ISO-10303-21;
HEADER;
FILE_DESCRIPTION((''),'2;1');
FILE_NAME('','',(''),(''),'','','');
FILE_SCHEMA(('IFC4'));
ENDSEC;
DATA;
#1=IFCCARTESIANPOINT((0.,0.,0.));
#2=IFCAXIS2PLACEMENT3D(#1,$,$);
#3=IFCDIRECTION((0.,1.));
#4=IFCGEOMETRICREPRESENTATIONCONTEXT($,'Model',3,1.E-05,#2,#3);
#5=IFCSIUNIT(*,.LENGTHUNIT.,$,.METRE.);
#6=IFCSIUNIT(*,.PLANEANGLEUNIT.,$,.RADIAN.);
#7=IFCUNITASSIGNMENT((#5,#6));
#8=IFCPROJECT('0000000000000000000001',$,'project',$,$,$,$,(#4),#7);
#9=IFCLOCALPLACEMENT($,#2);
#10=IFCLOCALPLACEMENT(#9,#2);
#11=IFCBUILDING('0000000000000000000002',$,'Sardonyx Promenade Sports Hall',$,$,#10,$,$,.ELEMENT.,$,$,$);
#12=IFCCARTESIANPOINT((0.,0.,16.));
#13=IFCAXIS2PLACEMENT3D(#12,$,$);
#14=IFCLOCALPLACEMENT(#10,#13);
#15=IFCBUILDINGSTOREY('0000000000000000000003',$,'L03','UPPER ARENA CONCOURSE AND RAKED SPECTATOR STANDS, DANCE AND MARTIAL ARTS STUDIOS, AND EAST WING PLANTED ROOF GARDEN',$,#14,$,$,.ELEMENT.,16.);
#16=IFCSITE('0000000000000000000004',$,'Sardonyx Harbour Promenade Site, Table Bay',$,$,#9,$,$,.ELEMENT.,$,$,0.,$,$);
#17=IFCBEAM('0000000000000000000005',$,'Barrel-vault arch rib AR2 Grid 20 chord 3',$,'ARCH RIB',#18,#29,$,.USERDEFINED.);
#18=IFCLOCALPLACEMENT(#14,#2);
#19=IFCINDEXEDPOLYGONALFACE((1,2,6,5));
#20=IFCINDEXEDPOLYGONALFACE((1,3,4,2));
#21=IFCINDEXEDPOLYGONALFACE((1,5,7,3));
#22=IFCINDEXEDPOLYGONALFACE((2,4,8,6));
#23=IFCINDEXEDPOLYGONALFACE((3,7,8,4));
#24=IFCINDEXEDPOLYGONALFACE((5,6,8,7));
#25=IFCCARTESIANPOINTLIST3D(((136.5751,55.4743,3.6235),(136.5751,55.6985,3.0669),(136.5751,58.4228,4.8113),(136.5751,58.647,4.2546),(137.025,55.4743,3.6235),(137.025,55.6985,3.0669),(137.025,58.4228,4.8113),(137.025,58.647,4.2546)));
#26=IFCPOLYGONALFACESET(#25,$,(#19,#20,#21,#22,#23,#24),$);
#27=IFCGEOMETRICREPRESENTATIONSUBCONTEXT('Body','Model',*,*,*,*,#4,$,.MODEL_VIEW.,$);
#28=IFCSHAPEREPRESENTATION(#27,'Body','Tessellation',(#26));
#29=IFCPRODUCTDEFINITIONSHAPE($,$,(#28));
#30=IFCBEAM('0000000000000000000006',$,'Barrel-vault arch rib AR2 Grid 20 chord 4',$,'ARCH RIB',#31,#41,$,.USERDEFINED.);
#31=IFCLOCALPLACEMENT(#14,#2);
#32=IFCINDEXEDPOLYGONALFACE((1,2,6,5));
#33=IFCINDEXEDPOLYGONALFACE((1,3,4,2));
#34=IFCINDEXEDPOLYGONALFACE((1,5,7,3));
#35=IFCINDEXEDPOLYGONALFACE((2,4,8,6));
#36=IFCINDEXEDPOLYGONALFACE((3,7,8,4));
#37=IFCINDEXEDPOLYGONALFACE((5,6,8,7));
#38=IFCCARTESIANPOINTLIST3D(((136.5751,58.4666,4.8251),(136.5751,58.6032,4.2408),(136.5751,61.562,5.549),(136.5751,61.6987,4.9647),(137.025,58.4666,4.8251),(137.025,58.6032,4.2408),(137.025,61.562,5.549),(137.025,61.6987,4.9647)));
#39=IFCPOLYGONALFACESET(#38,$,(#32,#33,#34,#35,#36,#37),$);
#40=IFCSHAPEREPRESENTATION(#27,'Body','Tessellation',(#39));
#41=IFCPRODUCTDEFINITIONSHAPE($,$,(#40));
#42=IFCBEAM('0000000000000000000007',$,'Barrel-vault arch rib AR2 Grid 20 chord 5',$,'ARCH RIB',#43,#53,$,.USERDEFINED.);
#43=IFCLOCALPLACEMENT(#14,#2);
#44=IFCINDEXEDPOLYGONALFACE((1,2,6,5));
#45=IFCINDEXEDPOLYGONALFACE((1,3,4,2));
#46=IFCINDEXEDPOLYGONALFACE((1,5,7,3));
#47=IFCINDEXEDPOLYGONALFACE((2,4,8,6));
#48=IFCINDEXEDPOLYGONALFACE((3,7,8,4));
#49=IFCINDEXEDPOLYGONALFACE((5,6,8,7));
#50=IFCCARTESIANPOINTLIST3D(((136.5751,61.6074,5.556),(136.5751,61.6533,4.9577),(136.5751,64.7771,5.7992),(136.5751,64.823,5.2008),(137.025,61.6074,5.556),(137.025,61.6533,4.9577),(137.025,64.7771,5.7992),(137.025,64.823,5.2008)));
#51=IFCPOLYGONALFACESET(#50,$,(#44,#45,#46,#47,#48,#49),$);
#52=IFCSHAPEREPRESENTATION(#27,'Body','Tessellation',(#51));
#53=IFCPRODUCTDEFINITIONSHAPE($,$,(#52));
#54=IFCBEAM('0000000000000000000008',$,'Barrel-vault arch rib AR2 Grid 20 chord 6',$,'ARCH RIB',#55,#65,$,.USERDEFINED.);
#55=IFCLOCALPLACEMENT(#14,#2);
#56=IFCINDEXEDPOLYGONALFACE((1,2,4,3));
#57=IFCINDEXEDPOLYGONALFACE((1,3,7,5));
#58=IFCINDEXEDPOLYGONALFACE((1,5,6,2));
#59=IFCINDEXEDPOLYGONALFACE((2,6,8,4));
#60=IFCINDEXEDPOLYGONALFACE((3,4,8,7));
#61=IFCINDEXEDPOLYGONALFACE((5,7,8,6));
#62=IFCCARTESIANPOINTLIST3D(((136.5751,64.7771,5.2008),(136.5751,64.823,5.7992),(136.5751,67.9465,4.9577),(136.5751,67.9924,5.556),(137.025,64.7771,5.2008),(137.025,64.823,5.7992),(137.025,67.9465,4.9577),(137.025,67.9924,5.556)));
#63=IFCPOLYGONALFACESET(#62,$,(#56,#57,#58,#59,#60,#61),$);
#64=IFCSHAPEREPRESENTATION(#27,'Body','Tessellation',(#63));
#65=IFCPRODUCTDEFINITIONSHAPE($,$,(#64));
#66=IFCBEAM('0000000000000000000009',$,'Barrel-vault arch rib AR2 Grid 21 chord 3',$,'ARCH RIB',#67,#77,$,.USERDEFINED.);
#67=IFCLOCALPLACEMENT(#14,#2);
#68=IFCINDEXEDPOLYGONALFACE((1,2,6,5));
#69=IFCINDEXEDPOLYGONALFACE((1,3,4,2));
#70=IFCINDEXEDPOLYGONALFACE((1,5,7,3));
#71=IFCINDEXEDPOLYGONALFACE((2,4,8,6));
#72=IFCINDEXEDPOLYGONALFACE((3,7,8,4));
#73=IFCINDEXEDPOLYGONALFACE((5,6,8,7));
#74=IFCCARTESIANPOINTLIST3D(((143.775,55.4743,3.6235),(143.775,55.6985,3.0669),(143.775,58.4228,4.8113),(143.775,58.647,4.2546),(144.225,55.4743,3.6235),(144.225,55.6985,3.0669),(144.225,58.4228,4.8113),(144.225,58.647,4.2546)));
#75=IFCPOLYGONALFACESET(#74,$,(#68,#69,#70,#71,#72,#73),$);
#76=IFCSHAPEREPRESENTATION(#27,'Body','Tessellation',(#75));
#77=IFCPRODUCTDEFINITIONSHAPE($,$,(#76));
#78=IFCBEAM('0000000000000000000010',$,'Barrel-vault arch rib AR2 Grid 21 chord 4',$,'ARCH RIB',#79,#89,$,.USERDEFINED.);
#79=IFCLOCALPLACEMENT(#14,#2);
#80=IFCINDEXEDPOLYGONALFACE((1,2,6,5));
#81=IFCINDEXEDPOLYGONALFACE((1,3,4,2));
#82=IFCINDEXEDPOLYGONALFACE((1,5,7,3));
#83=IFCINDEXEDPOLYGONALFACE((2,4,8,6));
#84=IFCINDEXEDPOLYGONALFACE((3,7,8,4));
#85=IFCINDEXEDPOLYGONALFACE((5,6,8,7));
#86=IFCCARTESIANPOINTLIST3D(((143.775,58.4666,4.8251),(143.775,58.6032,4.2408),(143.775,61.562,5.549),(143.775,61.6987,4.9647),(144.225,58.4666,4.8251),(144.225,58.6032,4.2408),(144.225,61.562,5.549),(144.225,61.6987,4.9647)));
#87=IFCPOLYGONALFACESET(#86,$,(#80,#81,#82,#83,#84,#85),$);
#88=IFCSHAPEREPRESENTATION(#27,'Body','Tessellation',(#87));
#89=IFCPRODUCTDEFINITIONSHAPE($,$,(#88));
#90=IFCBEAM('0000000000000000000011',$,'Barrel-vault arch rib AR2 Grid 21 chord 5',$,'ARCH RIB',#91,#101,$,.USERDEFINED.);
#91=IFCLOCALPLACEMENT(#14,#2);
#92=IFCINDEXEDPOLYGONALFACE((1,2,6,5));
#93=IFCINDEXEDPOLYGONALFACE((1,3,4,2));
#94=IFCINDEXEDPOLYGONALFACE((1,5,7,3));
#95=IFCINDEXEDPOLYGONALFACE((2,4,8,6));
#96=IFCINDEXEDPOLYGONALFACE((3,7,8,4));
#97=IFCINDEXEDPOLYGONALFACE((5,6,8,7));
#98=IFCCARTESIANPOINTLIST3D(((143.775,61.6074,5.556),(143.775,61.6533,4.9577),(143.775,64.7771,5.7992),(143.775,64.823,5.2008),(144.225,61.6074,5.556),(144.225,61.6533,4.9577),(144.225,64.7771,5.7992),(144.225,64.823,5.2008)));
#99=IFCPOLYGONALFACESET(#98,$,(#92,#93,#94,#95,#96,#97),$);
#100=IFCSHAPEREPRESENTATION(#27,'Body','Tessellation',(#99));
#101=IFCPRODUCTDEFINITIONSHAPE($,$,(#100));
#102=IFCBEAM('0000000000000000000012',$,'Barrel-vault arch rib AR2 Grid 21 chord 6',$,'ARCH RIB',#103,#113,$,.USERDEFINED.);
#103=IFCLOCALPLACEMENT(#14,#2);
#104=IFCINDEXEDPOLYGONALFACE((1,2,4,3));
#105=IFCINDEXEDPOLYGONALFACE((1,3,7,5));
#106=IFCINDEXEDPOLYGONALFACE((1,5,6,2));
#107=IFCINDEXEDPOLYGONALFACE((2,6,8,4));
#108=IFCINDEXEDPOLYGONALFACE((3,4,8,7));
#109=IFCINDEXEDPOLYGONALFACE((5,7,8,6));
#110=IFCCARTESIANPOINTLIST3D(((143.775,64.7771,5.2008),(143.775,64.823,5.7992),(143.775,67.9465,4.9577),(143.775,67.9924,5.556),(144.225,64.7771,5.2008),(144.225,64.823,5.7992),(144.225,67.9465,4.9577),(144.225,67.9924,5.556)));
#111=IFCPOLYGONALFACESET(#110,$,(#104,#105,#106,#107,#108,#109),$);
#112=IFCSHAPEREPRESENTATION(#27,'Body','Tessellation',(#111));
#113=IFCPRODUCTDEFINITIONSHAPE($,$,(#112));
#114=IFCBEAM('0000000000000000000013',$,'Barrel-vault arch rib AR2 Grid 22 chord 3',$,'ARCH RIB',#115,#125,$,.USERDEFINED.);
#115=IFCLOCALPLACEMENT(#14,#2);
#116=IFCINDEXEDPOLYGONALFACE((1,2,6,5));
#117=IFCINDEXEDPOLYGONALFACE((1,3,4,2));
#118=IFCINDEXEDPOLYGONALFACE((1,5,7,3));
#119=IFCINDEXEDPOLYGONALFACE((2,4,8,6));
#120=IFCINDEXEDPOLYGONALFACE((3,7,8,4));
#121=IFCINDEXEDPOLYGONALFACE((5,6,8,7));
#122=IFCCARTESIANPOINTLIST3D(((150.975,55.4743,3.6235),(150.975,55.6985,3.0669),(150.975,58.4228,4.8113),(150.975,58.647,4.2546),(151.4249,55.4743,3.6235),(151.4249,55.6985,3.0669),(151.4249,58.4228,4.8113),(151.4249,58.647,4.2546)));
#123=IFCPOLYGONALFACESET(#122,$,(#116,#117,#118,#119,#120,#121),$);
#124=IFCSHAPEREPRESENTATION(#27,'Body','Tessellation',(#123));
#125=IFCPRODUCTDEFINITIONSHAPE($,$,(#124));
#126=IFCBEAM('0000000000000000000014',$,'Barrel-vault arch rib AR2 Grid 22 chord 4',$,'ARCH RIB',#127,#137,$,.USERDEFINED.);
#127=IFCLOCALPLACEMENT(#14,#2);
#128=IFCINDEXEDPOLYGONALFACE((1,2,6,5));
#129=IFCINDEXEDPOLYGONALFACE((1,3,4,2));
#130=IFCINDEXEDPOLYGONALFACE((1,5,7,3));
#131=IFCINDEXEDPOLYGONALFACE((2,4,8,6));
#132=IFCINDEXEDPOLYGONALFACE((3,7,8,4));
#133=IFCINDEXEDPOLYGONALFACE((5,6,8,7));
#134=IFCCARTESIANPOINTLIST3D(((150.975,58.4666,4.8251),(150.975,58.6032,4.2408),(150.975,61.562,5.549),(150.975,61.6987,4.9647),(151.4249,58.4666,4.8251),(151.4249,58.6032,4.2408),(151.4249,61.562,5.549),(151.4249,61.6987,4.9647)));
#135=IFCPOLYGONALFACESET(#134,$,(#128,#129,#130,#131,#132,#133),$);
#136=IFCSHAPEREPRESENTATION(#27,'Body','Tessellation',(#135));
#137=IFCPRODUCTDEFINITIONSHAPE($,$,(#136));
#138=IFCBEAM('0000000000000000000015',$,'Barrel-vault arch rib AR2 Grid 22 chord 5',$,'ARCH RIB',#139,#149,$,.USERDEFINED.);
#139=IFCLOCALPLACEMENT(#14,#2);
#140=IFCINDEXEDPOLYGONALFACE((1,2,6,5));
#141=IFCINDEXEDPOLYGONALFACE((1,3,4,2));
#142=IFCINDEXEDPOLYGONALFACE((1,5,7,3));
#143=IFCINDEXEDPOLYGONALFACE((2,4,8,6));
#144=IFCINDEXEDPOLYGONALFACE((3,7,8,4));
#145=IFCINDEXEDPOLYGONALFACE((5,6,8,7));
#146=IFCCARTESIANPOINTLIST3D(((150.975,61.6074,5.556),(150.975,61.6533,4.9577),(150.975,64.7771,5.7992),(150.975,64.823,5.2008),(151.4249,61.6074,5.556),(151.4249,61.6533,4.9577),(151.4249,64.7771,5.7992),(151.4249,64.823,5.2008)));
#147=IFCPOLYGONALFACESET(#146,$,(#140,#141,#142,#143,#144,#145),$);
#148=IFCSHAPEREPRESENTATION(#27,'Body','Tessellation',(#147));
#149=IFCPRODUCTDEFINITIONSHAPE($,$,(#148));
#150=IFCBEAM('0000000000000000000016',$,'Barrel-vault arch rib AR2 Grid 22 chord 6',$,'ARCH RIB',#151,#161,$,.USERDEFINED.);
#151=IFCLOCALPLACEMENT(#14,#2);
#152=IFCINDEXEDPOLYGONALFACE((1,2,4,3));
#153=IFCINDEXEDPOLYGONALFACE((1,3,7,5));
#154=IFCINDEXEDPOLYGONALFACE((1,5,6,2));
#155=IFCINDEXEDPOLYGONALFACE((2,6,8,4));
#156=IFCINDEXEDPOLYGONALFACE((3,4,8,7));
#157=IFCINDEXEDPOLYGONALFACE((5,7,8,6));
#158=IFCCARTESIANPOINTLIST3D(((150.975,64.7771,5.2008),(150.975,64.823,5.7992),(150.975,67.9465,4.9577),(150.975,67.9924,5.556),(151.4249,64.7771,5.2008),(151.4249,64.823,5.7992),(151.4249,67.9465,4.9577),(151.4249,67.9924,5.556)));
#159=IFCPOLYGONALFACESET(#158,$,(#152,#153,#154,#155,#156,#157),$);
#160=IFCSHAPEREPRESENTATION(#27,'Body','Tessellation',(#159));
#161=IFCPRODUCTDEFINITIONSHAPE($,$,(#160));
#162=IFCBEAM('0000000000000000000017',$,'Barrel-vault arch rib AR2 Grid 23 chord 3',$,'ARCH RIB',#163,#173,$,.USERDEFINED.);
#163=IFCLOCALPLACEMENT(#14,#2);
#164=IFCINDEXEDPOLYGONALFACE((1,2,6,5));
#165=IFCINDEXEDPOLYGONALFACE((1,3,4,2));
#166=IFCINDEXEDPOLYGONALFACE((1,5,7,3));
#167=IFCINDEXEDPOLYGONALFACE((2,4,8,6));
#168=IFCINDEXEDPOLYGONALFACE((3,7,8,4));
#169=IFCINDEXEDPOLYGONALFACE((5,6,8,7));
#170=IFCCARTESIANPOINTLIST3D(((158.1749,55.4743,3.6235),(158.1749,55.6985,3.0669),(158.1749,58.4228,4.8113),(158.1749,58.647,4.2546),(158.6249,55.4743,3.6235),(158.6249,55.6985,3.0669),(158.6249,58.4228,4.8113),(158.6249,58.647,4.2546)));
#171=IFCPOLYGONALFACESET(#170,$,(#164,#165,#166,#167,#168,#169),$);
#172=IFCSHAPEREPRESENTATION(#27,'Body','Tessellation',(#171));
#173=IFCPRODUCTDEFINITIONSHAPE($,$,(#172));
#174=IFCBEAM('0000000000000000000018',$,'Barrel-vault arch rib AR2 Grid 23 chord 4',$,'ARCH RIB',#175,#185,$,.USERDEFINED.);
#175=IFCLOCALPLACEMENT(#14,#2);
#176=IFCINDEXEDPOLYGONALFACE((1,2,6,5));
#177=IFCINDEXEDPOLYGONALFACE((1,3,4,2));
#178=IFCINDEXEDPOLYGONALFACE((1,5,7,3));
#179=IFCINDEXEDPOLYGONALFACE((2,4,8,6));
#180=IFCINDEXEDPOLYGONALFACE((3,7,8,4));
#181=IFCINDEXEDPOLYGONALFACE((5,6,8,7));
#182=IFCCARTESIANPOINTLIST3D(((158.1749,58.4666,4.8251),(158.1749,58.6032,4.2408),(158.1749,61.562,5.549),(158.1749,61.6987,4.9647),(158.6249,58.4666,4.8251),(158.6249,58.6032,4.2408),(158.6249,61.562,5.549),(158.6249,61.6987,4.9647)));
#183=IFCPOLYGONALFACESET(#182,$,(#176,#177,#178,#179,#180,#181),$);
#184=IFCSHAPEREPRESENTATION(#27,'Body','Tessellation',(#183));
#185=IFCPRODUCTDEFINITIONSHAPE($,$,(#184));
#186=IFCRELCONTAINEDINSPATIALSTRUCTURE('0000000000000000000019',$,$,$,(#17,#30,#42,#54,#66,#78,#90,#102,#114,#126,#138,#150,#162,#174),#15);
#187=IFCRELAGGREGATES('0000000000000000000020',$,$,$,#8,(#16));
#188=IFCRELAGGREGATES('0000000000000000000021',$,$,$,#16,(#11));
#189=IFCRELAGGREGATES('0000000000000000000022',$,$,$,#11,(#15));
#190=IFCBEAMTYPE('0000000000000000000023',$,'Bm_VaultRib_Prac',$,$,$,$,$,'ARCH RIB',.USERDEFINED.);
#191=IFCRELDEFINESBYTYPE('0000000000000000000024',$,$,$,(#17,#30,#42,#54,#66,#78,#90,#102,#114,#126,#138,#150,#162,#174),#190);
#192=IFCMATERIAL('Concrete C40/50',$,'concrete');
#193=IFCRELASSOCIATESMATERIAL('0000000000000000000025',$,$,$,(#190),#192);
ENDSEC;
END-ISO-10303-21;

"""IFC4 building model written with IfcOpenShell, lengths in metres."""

from ifc_helpers import new_model, si_unit, direction, frame, origin, origin_2d, place, context, subcontext, project, spatial, rectangle, extrude, material, material_profile, profile_set, type_object, element, save


model = new_model("IFC4")

# Units and contexts
model_context = context("Model", 3, precision=1e-05, world=origin(), true_north=direction((0.0, 1.0)))
body_context = subcontext(model_context, "Body", "Model", "MODEL_VIEW")
ifc_project = project(units=[si_unit("LENGTHUNIT", "METRE"), si_unit("PLANEANGLEUNIT", "RADIAN")], contexts=[model_context])

# Site, building, storey
site_placement = place(None, origin())
site = spatial("IfcSite", under=ifc_project, at=site_placement, Name="Sardonyx Harbour Promenade Site, Table Bay", CompositionType="ELEMENT", RefElevation=0.0)
building_placement = place(site_placement, origin())
building = spatial("IfcBuilding", under=site, at=building_placement, Name="Sardonyx Promenade Sports Hall", CompositionType="ELEMENT")
storey_placement = place(building_placement, frame((0.0, 0.0, 16.0)))
storey = spatial("IfcBuildingStorey", under=building, at=storey_placement, Name="L03", Description="UPPER ARENA CONCOURSE AND RAKED SPECTATOR STANDS, DANCE AND MARTIAL ARTS STUDIOS, AND EAST WING PLANTED ROOF GARDEN", CompositionType="ELEMENT", Elevation=16.0)

# Beams
ifc_material_1 = material(Name="Concrete C40/50", Category="concrete")
ifc_material_profile_1 = material_profile(ifc_material_1, rectangle(XDim=0.45, YDim=0.6001, at=origin_2d()))
ifc_profile_set_1 = profile_set([ifc_material_profile_1], Name="Concrete C40/50")
beam_type_1 = type_object("IfcBeamType", Name="Bm_VaultRib_Prac", ElementType="ARCH RIB", PredefinedType="USERDEFINED", material=ifc_profile_set_1)
beam_1_placement = place(storey_placement, frame((136.8, 55.5864, 3.3452), z_axis=(0.0, 0.927568, 0.373654), x_axis=(-1.0, 0.0, 0.0)))
element("IfcBeam", 1, at=beam_1_placement, inside=storey, type_object=beam_type_1, Name="Barrel-vault arch rib AR2 Grid 20 chord 3", ObjectType="ARCH RIB", PredefinedType="USERDEFINED", context=body_context, shape_type="SweptSolid", body=[
    extrude(rectangle(XDim=0.45, YDim=0.6001, at=origin_2d()), origin(), (0.0, 0.0, 1.0), 3.1787),
])
for number, where, z_axis, x_axis, name in (
    (2, (136.8, 58.5349, 4.533), (0.0, 0.973729, 0.227708), (-1.0, 0.0, 0.0), "Barrel-vault arch rib AR2 Grid 20 chord 4"),
    (3, (136.8, 61.6304, 5.2568), (0.0, 0.99707, 0.076491), (-1.0, 0.0, 0.0), "Barrel-vault arch rib AR2 Grid 20 chord 5"),
):
    element("IfcBeam", number, at=place(storey_placement, frame(where, z_axis=z_axis, x_axis=x_axis)), inside=storey, type_object=beam_type_1, Name=name, ObjectType="ARCH RIB", PredefinedType="USERDEFINED", context=body_context, shape_type="SweptSolid", body=[
        extrude(rectangle(XDim=0.45, YDim=0.6001, at=origin_2d()), origin(), (0.0, 0.0, 1.0), 3.179),
    ])
for number, where, z_axis, x_axis, name in (
    (4, (136.8, 64.8, 5.5), (0.0, 0.99707, -0.076497), (-1.0, 0.0, 0.0), "Barrel-vault arch rib AR2 Grid 20 chord 6"),
    (5, (144.0, 55.5864, 3.3452), (0.0, 0.927568, 0.373654), (-1.0, 0.0, 0.0), "Barrel-vault arch rib AR2 Grid 21 chord 3"),
):
    element("IfcBeam", number, at=place(storey_placement, frame(where, z_axis=z_axis, x_axis=x_axis)), inside=storey, type_object=beam_type_1, Name=name, ObjectType="ARCH RIB", PredefinedType="USERDEFINED", context=body_context, shape_type="SweptSolid", body=[
        extrude(rectangle(XDim=0.45, YDim=0.6001, at=origin_2d()), origin(), (0.0, 0.0, 1.0), 3.1787),
    ])
for number, where, z_axis, x_axis, name in (
    (6, (144.0, 58.5349, 4.533), (0.0, 0.973729, 0.227708), (-1.0, 0.0, 0.0), "Barrel-vault arch rib AR2 Grid 21 chord 4"),
    (7, (144.0, 61.6304, 5.2568), (0.0, 0.99707, 0.076491), (-1.0, 0.0, 0.0), "Barrel-vault arch rib AR2 Grid 21 chord 5"),
):
    element("IfcBeam", number, at=place(storey_placement, frame(where, z_axis=z_axis, x_axis=x_axis)), inside=storey, type_object=beam_type_1, Name=name, ObjectType="ARCH RIB", PredefinedType="USERDEFINED", context=body_context, shape_type="SweptSolid", body=[
        extrude(rectangle(XDim=0.45, YDim=0.6001, at=origin_2d()), origin(), (0.0, 0.0, 1.0), 3.179),
    ])
for number, where, z_axis, x_axis, name in (
    (8, (144.0, 64.8, 5.5), (0.0, 0.99707, -0.076497), (-1.0, 0.0, 0.0), "Barrel-vault arch rib AR2 Grid 21 chord 6"),
    (9, (151.2, 55.5864, 3.3452), (0.0, 0.927568, 0.373654), (-1.0, 0.0, 0.0), "Barrel-vault arch rib AR2 Grid 22 chord 3"),
):
    element("IfcBeam", number, at=place(storey_placement, frame(where, z_axis=z_axis, x_axis=x_axis)), inside=storey, type_object=beam_type_1, Name=name, ObjectType="ARCH RIB", PredefinedType="USERDEFINED", context=body_context, shape_type="SweptSolid", body=[
        extrude(rectangle(XDim=0.45, YDim=0.6001, at=origin_2d()), origin(), (0.0, 0.0, 1.0), 3.1787),
    ])
for number, where, z_axis, x_axis, name in (
    (10, (151.2, 58.5349, 4.533), (0.0, 0.973729, 0.227708), (-1.0, 0.0, 0.0), "Barrel-vault arch rib AR2 Grid 22 chord 4"),
    (11, (151.2, 61.6304, 5.2568), (0.0, 0.99707, 0.076491), (-1.0, 0.0, 0.0), "Barrel-vault arch rib AR2 Grid 22 chord 5"),
):
    element("IfcBeam", number, at=place(storey_placement, frame(where, z_axis=z_axis, x_axis=x_axis)), inside=storey, type_object=beam_type_1, Name=name, ObjectType="ARCH RIB", PredefinedType="USERDEFINED", context=body_context, shape_type="SweptSolid", body=[
        extrude(rectangle(XDim=0.45, YDim=0.6001, at=origin_2d()), origin(), (0.0, 0.0, 1.0), 3.179),
    ])
for number, where, z_axis, x_axis, name in (
    (12, (151.2, 64.8, 5.5), (0.0, 0.99707, -0.076497), (-1.0, 0.0, 0.0), "Barrel-vault arch rib AR2 Grid 22 chord 6"),
    (13, (158.3999, 55.5864, 3.3452), (0.0, 0.927568, 0.373654), (-1.0, 0.0, 0.0), "Barrel-vault arch rib AR2 Grid 23 chord 3"),
):
    element("IfcBeam", number, at=place(storey_placement, frame(where, z_axis=z_axis, x_axis=x_axis)), inside=storey, type_object=beam_type_1, Name=name, ObjectType="ARCH RIB", PredefinedType="USERDEFINED", context=body_context, shape_type="SweptSolid", body=[
        extrude(rectangle(XDim=0.45, YDim=0.6001, at=origin_2d()), origin(), (0.0, 0.0, 1.0), 3.1787),
    ])
beam_2_placement = place(storey_placement, frame((158.3999, 58.5349, 4.533), z_axis=(0.0, 0.973729, 0.227708), x_axis=(-1.0, 0.0, 0.0)))
element("IfcBeam", 14, at=beam_2_placement, inside=storey, type_object=beam_type_1, Name="Barrel-vault arch rib AR2 Grid 23 chord 4", ObjectType="ARCH RIB", PredefinedType="USERDEFINED", context=body_context, shape_type="SweptSolid", body=[
    extrude(rectangle(XDim=0.45, YDim=0.6001, at=origin_2d()), origin(), (0.0, 0.0, 1.0), 3.179),
])

save(model, "model.ifc")
